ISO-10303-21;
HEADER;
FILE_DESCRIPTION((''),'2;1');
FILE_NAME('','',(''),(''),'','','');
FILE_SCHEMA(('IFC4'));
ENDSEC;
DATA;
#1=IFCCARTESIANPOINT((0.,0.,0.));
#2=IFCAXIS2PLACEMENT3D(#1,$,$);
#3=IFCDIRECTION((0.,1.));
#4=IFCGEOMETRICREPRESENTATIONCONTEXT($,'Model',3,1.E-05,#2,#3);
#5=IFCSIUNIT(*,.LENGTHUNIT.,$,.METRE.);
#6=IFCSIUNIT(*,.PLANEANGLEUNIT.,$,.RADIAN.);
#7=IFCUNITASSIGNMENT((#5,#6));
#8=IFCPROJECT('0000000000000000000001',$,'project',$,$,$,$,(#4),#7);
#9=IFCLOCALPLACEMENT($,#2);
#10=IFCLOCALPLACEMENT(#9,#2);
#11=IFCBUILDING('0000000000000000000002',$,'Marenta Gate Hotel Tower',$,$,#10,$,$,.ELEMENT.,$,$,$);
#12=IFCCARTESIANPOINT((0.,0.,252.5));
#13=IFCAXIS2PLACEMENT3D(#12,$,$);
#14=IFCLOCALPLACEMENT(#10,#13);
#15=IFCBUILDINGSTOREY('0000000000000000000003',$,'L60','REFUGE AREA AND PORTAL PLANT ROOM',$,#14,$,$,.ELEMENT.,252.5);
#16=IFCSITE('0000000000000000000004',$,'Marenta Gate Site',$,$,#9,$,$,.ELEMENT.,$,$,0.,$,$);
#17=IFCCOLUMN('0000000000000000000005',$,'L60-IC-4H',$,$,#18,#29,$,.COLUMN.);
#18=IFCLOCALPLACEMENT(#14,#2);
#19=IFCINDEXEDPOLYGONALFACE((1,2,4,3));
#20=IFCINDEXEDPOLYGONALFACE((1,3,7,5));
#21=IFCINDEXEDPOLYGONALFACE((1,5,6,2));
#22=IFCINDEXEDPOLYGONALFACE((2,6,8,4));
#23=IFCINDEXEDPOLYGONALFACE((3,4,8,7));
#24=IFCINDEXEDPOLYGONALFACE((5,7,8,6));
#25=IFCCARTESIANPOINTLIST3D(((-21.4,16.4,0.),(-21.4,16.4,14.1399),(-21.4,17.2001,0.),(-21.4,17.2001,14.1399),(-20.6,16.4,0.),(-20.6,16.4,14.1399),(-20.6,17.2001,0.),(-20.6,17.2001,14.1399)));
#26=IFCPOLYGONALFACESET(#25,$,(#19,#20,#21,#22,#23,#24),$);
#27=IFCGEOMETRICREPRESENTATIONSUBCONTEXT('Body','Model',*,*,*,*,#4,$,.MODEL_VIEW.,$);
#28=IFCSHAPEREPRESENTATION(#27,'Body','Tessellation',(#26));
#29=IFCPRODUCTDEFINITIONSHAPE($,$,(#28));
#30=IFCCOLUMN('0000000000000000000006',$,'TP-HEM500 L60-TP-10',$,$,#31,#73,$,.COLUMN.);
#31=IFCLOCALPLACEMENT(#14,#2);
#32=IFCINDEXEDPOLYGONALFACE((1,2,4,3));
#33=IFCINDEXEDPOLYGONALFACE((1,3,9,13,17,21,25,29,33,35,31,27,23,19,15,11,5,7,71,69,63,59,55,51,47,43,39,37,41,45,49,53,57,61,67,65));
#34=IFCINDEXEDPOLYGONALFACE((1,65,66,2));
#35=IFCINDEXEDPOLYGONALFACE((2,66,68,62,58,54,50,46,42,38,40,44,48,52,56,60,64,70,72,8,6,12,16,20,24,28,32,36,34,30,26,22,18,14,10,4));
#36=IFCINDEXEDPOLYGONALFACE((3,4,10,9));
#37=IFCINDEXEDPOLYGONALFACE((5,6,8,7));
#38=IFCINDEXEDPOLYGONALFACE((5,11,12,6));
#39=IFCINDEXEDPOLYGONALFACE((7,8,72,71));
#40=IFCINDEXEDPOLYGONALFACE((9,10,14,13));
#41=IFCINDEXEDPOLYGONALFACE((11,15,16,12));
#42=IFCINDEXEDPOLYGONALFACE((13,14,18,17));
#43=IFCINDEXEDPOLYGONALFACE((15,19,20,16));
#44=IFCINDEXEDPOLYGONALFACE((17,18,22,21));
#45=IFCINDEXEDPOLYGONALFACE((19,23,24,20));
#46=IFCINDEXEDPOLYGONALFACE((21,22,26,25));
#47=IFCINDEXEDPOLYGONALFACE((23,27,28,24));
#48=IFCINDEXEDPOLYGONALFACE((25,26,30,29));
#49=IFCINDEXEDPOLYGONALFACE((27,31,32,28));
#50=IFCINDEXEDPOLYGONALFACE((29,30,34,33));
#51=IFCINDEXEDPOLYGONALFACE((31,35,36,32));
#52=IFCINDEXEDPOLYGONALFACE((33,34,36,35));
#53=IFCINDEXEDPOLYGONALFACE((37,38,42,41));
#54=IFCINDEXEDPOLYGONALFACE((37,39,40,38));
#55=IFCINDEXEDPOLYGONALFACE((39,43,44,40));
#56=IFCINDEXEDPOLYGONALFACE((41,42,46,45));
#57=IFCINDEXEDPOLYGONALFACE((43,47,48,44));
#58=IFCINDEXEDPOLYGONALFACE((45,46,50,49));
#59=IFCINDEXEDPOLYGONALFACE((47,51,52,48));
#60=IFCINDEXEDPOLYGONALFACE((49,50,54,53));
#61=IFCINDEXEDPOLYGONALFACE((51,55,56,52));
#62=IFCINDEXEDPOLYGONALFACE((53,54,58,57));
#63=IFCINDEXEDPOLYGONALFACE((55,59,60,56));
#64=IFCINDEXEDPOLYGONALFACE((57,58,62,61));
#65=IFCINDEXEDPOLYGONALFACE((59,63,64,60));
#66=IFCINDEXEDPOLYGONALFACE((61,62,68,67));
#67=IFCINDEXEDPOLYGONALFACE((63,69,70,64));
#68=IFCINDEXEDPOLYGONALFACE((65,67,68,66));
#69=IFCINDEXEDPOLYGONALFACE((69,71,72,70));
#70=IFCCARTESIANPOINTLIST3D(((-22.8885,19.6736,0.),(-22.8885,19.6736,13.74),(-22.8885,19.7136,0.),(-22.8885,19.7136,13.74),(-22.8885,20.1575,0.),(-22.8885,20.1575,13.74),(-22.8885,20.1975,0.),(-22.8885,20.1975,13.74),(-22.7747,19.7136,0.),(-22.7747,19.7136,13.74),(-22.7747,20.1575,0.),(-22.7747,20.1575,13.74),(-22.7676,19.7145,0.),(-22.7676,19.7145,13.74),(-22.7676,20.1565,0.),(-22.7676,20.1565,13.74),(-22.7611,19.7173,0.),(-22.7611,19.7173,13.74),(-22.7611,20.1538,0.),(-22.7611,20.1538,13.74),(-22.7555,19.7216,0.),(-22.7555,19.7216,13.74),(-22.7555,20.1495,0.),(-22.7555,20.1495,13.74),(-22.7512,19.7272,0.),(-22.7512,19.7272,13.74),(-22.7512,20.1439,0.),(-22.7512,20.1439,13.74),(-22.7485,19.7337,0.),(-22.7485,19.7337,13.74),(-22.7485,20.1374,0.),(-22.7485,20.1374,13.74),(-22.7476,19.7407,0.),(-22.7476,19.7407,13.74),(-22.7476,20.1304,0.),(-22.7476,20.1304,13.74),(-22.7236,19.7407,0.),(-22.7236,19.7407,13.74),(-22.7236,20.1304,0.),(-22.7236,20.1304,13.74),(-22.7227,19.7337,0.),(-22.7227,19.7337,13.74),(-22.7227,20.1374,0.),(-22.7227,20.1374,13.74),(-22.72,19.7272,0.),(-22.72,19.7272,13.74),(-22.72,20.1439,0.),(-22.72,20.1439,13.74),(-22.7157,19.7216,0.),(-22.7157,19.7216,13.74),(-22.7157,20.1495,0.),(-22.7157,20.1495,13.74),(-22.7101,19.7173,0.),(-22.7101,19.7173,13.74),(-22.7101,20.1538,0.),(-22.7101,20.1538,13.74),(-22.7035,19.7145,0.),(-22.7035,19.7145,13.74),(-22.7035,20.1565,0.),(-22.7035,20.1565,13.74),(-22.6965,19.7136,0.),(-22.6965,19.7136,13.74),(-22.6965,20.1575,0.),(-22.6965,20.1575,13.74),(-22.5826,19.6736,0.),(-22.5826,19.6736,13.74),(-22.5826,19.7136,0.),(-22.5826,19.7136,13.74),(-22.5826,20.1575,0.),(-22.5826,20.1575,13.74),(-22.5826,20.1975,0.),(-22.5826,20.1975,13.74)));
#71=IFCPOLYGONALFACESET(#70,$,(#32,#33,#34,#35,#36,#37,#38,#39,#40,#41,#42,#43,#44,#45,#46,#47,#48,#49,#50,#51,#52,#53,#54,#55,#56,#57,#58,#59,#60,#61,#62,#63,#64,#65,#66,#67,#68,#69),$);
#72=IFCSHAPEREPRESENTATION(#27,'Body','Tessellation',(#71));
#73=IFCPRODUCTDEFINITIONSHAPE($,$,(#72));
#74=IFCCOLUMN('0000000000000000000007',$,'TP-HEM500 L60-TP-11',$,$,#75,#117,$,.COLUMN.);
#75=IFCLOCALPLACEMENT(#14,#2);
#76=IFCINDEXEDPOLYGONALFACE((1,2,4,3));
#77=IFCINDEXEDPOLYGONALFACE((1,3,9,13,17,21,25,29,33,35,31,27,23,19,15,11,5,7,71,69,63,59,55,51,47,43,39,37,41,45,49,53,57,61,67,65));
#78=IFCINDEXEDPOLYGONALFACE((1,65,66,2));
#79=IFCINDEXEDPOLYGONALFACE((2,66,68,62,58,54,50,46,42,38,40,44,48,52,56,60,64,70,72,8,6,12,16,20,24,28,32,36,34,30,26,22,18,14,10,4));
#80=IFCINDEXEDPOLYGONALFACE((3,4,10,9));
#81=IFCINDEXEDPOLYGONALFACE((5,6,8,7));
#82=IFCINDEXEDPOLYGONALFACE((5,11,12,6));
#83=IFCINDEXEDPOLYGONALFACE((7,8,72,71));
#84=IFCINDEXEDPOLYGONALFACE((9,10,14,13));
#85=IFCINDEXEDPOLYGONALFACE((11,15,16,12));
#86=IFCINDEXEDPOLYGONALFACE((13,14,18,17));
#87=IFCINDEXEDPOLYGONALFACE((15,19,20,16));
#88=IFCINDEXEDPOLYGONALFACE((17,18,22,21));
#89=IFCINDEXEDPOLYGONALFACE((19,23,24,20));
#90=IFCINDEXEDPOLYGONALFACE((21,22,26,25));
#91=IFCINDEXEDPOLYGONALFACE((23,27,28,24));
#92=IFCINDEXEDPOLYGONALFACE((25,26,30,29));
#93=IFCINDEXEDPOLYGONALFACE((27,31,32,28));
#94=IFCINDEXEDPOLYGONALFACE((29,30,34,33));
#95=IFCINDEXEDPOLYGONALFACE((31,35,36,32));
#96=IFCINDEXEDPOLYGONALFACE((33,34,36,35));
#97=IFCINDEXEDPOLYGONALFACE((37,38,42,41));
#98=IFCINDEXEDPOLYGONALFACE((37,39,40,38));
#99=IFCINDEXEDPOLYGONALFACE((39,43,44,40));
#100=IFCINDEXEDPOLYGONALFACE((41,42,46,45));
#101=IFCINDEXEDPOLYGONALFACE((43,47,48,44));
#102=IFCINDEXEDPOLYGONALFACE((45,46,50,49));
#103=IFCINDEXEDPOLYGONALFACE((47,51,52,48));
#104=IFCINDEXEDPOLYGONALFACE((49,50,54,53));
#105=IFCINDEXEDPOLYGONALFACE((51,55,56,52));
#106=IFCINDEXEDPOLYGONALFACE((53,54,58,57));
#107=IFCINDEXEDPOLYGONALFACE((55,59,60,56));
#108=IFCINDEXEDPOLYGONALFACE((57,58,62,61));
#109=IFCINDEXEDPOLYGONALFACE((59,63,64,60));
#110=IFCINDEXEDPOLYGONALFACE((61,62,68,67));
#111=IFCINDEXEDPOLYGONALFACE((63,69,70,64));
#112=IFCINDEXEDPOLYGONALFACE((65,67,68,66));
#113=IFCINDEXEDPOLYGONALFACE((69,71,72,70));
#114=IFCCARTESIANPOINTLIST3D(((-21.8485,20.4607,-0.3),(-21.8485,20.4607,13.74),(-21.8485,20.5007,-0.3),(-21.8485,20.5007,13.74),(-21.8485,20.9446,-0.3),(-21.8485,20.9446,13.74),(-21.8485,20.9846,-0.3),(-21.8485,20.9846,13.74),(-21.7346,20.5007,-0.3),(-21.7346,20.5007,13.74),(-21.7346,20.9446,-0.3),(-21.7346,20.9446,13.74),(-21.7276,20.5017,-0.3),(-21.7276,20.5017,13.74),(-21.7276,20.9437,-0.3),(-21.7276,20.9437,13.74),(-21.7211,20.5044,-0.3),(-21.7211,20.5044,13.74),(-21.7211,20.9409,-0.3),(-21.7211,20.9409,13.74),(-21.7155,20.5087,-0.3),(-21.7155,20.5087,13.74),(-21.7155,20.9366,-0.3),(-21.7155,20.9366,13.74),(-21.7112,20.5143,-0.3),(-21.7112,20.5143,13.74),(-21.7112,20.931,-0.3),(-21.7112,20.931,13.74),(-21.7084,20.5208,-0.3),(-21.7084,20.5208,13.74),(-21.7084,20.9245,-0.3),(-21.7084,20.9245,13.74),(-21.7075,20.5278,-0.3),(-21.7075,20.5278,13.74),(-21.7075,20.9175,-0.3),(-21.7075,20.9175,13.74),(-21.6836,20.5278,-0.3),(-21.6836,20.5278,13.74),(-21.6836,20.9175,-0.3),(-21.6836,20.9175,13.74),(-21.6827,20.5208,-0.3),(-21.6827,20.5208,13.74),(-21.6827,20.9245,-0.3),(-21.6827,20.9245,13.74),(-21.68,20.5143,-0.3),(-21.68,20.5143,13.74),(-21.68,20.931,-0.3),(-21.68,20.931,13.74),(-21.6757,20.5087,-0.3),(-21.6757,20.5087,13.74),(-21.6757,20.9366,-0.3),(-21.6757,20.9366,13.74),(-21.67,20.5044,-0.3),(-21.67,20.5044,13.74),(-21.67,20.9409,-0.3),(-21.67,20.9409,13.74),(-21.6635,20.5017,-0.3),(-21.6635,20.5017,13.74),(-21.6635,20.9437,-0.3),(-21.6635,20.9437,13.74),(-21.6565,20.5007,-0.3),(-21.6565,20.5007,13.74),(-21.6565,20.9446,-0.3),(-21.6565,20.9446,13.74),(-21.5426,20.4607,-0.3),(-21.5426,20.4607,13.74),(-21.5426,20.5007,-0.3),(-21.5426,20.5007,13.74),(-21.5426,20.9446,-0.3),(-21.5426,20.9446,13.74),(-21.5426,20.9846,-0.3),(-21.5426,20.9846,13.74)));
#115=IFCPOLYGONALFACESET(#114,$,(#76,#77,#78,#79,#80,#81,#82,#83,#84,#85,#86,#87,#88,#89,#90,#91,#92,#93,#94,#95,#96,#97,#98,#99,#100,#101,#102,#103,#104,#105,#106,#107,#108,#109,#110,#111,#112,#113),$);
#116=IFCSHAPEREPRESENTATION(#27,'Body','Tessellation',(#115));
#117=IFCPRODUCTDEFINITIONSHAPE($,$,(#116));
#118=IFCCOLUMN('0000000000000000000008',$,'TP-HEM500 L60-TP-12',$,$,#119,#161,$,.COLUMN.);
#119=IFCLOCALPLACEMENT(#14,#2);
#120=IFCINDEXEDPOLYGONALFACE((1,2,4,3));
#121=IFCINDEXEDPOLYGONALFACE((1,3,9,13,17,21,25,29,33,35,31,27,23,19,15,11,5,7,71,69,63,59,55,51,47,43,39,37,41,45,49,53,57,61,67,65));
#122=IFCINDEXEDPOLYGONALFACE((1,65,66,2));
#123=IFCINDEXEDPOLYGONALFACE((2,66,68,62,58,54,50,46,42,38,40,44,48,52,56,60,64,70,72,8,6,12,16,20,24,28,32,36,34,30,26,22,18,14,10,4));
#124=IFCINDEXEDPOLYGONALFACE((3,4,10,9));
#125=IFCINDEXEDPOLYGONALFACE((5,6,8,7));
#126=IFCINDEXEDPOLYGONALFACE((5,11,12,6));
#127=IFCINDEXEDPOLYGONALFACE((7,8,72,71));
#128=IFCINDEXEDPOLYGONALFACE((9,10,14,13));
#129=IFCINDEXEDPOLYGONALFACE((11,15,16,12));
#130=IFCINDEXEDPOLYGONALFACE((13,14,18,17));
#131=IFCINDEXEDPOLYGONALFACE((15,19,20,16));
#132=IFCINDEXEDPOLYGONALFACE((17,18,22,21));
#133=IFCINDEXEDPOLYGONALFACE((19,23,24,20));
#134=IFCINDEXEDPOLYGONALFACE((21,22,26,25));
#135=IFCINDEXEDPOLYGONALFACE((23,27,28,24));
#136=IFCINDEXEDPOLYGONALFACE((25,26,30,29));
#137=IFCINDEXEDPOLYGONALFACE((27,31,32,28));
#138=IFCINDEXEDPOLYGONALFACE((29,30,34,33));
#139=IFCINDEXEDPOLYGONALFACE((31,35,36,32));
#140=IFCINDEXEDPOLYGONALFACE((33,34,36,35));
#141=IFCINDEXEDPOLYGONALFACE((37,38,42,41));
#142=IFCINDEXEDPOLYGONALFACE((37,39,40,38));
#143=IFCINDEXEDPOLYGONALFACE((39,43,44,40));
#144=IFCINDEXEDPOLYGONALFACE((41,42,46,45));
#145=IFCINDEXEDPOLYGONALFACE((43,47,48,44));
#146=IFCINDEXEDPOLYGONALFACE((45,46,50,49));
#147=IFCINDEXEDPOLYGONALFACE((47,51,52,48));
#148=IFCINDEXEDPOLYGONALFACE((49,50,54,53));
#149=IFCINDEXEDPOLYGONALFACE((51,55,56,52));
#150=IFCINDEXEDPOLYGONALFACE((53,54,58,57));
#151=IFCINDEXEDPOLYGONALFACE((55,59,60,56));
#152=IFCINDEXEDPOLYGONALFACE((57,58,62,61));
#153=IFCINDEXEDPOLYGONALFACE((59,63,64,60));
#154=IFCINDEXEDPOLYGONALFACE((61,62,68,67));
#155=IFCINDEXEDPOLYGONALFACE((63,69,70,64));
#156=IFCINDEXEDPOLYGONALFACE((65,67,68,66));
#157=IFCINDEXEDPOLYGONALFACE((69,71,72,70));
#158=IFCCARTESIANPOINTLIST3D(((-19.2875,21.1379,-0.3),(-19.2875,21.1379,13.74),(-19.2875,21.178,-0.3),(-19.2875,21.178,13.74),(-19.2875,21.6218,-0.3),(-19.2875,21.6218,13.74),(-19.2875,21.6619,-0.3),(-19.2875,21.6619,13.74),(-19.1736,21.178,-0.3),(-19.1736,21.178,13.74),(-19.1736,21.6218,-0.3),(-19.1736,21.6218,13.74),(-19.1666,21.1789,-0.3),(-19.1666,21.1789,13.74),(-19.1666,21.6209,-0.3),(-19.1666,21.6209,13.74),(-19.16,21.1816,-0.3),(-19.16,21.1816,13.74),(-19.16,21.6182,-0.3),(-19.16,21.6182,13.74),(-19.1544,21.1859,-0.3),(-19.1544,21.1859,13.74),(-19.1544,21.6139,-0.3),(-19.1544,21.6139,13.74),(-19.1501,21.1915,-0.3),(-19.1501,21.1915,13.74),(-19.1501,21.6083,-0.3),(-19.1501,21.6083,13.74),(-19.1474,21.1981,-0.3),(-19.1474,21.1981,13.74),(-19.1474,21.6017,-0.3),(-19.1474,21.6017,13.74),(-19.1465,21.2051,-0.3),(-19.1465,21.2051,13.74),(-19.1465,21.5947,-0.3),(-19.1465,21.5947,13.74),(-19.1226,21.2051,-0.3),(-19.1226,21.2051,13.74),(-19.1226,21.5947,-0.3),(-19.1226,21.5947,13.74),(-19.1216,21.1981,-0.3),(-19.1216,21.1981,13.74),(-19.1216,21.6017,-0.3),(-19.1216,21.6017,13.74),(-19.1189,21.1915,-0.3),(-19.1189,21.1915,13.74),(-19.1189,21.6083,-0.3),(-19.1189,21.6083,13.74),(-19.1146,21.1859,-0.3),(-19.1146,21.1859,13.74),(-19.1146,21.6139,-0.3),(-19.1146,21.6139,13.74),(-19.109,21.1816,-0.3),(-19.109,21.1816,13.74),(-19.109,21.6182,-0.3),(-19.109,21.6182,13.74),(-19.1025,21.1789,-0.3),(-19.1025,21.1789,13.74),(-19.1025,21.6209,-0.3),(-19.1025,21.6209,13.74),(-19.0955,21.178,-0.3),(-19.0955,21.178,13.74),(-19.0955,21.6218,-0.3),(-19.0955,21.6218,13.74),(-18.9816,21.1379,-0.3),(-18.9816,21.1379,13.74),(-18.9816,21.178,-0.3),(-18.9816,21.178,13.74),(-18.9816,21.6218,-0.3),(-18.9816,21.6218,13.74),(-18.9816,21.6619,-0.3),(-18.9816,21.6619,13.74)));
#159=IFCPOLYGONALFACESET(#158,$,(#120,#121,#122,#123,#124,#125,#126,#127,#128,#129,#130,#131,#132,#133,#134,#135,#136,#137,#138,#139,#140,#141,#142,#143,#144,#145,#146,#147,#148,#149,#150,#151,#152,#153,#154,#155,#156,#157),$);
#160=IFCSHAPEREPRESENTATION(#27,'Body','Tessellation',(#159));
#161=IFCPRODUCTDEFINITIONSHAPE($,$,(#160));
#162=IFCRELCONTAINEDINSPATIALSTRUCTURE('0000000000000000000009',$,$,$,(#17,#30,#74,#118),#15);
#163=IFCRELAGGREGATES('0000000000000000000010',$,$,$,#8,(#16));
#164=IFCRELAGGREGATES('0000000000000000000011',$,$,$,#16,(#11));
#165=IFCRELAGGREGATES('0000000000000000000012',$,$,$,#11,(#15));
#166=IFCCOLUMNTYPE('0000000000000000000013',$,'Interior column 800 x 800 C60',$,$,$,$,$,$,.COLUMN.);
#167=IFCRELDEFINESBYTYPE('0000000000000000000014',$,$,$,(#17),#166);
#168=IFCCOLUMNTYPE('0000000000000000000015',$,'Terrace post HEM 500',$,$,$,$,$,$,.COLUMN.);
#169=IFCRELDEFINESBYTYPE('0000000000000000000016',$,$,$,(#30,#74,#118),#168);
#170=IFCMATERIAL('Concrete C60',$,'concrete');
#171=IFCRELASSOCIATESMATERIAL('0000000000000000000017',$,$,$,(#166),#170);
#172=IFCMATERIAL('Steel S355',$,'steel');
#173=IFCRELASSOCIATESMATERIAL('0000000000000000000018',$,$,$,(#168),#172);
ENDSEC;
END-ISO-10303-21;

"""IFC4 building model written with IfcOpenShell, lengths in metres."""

from ifc_helpers import new_model, si_unit, direction, frame, origin, origin_2d, place, context, subcontext, project, spatial, rectangle, i_section, extrude, material, material_profile, profile_set, type_object, element, save


model = new_model("IFC4")

# Units and contexts
model_context = context("Model", 3, precision=1e-05, world=origin(), true_north=direction((0.0, 1.0)))
body_context = subcontext(model_context, "Body", "Model", "MODEL_VIEW")
ifc_project = project(units=[si_unit("LENGTHUNIT", "METRE"), si_unit("PLANEANGLEUNIT", "RADIAN")], contexts=[model_context])

# Site, building, storey
site_placement = place(None, origin())
site = spatial("IfcSite", under=ifc_project, at=site_placement, Name="Marenta Gate Site", CompositionType="ELEMENT", RefElevation=0.0)
building_placement = place(site_placement, origin())
building = spatial("IfcBuilding", under=site, at=building_placement, Name="Marenta Gate Hotel Tower", CompositionType="ELEMENT")
storey_placement = place(building_placement, frame((0.0, 0.0, 252.5)))
storey = spatial("IfcBuildingStorey", under=building, at=storey_placement, Name="L60", Description="REFUGE AREA AND PORTAL PLANT ROOM", CompositionType="ELEMENT", Elevation=252.5)

# Columns
ifc_material_1 = material(Name="Concrete C60", Category="concrete")
ifc_material_profile_1 = material_profile(ifc_material_1, rectangle(XDim=0.8, YDim=0.8, at=origin_2d()), Name="800 x 800")
ifc_profile_set_1 = profile_set([ifc_material_profile_1], Name="Concrete C60")
column_type_1 = type_object("IfcColumnType", Name="Interior column 800 x 800 C60", PredefinedType="COLUMN", material=ifc_profile_set_1)
column_1_placement = place(storey_placement, frame((-21.0, 16.8, 0.0), z_axis=(0.0, 0.0, 1.0), x_axis=(1.0, 0.0, 0.0)))
element("IfcColumn", 1, at=column_1_placement, inside=storey, type_object=column_type_1, Name="L60-IC-4H", PredefinedType="COLUMN", context=body_context, shape_type="SweptSolid", body=[
    extrude(rectangle(XDim=0.8, YDim=0.8, at=origin_2d()), origin(), (0.0, 0.0, 1.0), 14.1399),
])
ifc_material_2 = material(Name="Steel S355", Category="steel")
ifc_material_profile_2 = material_profile(ifc_material_2, i_section(OverallWidth=0.3059, OverallDepth=0.5239, WebThickness=0.0239, FlangeThickness=0.04, FilletRadius=0.0271, at=origin_2d()), Name="HEM 500")
ifc_profile_set_2 = profile_set([ifc_material_profile_2], Name="Steel S355")
column_type_2 = type_object("IfcColumnType", Name="Terrace post HEM 500", PredefinedType="COLUMN", material=ifc_profile_set_2)
column_2_placement = place(storey_placement, frame((-22.7356, 19.9355, 0.0), z_axis=(0.0, 0.0, 1.0), x_axis=(1.0, 0.0, 0.0)))
element("IfcColumn", 2, at=column_2_placement, inside=storey, type_object=column_type_2, Name="TP-HEM500 L60-TP-10", PredefinedType="COLUMN", context=body_context, shape_type="SweptSolid", body=[
    extrude(i_section(OverallWidth=0.3059, OverallDepth=0.5239, WebThickness=0.0239, FlangeThickness=0.04, FilletRadius=0.0271, at=origin_2d()), origin(), (0.0, 0.0, 1.0), 13.74),
])
for number, where, z_axis, x_axis, name in (
    (3, (-21.6956, 20.7227, -0.3), (0.0, 0.0, 1.0), (1.0, 0.0, 0.0), "TP-HEM500 L60-TP-11"),
    (4, (-19.1345, 21.3999, -0.3), (0.0, 0.0, 1.0), (1.0, 0.0, 0.0), "TP-HEM500 L60-TP-12"),
):
    element("IfcColumn", number, at=place(storey_placement, frame(where, z_axis=z_axis, x_axis=x_axis)), inside=storey, type_object=column_type_2, Name=name, PredefinedType="COLUMN", context=body_context, shape_type="SweptSolid", body=[
        extrude(i_section(OverallWidth=0.3059, OverallDepth=0.5239, WebThickness=0.0239, FlangeThickness=0.04, FilletRadius=0.0271, at=origin_2d()), origin(), (0.0, 0.0, 1.0), 14.04),
    ])

save(model, "model.ifc")
